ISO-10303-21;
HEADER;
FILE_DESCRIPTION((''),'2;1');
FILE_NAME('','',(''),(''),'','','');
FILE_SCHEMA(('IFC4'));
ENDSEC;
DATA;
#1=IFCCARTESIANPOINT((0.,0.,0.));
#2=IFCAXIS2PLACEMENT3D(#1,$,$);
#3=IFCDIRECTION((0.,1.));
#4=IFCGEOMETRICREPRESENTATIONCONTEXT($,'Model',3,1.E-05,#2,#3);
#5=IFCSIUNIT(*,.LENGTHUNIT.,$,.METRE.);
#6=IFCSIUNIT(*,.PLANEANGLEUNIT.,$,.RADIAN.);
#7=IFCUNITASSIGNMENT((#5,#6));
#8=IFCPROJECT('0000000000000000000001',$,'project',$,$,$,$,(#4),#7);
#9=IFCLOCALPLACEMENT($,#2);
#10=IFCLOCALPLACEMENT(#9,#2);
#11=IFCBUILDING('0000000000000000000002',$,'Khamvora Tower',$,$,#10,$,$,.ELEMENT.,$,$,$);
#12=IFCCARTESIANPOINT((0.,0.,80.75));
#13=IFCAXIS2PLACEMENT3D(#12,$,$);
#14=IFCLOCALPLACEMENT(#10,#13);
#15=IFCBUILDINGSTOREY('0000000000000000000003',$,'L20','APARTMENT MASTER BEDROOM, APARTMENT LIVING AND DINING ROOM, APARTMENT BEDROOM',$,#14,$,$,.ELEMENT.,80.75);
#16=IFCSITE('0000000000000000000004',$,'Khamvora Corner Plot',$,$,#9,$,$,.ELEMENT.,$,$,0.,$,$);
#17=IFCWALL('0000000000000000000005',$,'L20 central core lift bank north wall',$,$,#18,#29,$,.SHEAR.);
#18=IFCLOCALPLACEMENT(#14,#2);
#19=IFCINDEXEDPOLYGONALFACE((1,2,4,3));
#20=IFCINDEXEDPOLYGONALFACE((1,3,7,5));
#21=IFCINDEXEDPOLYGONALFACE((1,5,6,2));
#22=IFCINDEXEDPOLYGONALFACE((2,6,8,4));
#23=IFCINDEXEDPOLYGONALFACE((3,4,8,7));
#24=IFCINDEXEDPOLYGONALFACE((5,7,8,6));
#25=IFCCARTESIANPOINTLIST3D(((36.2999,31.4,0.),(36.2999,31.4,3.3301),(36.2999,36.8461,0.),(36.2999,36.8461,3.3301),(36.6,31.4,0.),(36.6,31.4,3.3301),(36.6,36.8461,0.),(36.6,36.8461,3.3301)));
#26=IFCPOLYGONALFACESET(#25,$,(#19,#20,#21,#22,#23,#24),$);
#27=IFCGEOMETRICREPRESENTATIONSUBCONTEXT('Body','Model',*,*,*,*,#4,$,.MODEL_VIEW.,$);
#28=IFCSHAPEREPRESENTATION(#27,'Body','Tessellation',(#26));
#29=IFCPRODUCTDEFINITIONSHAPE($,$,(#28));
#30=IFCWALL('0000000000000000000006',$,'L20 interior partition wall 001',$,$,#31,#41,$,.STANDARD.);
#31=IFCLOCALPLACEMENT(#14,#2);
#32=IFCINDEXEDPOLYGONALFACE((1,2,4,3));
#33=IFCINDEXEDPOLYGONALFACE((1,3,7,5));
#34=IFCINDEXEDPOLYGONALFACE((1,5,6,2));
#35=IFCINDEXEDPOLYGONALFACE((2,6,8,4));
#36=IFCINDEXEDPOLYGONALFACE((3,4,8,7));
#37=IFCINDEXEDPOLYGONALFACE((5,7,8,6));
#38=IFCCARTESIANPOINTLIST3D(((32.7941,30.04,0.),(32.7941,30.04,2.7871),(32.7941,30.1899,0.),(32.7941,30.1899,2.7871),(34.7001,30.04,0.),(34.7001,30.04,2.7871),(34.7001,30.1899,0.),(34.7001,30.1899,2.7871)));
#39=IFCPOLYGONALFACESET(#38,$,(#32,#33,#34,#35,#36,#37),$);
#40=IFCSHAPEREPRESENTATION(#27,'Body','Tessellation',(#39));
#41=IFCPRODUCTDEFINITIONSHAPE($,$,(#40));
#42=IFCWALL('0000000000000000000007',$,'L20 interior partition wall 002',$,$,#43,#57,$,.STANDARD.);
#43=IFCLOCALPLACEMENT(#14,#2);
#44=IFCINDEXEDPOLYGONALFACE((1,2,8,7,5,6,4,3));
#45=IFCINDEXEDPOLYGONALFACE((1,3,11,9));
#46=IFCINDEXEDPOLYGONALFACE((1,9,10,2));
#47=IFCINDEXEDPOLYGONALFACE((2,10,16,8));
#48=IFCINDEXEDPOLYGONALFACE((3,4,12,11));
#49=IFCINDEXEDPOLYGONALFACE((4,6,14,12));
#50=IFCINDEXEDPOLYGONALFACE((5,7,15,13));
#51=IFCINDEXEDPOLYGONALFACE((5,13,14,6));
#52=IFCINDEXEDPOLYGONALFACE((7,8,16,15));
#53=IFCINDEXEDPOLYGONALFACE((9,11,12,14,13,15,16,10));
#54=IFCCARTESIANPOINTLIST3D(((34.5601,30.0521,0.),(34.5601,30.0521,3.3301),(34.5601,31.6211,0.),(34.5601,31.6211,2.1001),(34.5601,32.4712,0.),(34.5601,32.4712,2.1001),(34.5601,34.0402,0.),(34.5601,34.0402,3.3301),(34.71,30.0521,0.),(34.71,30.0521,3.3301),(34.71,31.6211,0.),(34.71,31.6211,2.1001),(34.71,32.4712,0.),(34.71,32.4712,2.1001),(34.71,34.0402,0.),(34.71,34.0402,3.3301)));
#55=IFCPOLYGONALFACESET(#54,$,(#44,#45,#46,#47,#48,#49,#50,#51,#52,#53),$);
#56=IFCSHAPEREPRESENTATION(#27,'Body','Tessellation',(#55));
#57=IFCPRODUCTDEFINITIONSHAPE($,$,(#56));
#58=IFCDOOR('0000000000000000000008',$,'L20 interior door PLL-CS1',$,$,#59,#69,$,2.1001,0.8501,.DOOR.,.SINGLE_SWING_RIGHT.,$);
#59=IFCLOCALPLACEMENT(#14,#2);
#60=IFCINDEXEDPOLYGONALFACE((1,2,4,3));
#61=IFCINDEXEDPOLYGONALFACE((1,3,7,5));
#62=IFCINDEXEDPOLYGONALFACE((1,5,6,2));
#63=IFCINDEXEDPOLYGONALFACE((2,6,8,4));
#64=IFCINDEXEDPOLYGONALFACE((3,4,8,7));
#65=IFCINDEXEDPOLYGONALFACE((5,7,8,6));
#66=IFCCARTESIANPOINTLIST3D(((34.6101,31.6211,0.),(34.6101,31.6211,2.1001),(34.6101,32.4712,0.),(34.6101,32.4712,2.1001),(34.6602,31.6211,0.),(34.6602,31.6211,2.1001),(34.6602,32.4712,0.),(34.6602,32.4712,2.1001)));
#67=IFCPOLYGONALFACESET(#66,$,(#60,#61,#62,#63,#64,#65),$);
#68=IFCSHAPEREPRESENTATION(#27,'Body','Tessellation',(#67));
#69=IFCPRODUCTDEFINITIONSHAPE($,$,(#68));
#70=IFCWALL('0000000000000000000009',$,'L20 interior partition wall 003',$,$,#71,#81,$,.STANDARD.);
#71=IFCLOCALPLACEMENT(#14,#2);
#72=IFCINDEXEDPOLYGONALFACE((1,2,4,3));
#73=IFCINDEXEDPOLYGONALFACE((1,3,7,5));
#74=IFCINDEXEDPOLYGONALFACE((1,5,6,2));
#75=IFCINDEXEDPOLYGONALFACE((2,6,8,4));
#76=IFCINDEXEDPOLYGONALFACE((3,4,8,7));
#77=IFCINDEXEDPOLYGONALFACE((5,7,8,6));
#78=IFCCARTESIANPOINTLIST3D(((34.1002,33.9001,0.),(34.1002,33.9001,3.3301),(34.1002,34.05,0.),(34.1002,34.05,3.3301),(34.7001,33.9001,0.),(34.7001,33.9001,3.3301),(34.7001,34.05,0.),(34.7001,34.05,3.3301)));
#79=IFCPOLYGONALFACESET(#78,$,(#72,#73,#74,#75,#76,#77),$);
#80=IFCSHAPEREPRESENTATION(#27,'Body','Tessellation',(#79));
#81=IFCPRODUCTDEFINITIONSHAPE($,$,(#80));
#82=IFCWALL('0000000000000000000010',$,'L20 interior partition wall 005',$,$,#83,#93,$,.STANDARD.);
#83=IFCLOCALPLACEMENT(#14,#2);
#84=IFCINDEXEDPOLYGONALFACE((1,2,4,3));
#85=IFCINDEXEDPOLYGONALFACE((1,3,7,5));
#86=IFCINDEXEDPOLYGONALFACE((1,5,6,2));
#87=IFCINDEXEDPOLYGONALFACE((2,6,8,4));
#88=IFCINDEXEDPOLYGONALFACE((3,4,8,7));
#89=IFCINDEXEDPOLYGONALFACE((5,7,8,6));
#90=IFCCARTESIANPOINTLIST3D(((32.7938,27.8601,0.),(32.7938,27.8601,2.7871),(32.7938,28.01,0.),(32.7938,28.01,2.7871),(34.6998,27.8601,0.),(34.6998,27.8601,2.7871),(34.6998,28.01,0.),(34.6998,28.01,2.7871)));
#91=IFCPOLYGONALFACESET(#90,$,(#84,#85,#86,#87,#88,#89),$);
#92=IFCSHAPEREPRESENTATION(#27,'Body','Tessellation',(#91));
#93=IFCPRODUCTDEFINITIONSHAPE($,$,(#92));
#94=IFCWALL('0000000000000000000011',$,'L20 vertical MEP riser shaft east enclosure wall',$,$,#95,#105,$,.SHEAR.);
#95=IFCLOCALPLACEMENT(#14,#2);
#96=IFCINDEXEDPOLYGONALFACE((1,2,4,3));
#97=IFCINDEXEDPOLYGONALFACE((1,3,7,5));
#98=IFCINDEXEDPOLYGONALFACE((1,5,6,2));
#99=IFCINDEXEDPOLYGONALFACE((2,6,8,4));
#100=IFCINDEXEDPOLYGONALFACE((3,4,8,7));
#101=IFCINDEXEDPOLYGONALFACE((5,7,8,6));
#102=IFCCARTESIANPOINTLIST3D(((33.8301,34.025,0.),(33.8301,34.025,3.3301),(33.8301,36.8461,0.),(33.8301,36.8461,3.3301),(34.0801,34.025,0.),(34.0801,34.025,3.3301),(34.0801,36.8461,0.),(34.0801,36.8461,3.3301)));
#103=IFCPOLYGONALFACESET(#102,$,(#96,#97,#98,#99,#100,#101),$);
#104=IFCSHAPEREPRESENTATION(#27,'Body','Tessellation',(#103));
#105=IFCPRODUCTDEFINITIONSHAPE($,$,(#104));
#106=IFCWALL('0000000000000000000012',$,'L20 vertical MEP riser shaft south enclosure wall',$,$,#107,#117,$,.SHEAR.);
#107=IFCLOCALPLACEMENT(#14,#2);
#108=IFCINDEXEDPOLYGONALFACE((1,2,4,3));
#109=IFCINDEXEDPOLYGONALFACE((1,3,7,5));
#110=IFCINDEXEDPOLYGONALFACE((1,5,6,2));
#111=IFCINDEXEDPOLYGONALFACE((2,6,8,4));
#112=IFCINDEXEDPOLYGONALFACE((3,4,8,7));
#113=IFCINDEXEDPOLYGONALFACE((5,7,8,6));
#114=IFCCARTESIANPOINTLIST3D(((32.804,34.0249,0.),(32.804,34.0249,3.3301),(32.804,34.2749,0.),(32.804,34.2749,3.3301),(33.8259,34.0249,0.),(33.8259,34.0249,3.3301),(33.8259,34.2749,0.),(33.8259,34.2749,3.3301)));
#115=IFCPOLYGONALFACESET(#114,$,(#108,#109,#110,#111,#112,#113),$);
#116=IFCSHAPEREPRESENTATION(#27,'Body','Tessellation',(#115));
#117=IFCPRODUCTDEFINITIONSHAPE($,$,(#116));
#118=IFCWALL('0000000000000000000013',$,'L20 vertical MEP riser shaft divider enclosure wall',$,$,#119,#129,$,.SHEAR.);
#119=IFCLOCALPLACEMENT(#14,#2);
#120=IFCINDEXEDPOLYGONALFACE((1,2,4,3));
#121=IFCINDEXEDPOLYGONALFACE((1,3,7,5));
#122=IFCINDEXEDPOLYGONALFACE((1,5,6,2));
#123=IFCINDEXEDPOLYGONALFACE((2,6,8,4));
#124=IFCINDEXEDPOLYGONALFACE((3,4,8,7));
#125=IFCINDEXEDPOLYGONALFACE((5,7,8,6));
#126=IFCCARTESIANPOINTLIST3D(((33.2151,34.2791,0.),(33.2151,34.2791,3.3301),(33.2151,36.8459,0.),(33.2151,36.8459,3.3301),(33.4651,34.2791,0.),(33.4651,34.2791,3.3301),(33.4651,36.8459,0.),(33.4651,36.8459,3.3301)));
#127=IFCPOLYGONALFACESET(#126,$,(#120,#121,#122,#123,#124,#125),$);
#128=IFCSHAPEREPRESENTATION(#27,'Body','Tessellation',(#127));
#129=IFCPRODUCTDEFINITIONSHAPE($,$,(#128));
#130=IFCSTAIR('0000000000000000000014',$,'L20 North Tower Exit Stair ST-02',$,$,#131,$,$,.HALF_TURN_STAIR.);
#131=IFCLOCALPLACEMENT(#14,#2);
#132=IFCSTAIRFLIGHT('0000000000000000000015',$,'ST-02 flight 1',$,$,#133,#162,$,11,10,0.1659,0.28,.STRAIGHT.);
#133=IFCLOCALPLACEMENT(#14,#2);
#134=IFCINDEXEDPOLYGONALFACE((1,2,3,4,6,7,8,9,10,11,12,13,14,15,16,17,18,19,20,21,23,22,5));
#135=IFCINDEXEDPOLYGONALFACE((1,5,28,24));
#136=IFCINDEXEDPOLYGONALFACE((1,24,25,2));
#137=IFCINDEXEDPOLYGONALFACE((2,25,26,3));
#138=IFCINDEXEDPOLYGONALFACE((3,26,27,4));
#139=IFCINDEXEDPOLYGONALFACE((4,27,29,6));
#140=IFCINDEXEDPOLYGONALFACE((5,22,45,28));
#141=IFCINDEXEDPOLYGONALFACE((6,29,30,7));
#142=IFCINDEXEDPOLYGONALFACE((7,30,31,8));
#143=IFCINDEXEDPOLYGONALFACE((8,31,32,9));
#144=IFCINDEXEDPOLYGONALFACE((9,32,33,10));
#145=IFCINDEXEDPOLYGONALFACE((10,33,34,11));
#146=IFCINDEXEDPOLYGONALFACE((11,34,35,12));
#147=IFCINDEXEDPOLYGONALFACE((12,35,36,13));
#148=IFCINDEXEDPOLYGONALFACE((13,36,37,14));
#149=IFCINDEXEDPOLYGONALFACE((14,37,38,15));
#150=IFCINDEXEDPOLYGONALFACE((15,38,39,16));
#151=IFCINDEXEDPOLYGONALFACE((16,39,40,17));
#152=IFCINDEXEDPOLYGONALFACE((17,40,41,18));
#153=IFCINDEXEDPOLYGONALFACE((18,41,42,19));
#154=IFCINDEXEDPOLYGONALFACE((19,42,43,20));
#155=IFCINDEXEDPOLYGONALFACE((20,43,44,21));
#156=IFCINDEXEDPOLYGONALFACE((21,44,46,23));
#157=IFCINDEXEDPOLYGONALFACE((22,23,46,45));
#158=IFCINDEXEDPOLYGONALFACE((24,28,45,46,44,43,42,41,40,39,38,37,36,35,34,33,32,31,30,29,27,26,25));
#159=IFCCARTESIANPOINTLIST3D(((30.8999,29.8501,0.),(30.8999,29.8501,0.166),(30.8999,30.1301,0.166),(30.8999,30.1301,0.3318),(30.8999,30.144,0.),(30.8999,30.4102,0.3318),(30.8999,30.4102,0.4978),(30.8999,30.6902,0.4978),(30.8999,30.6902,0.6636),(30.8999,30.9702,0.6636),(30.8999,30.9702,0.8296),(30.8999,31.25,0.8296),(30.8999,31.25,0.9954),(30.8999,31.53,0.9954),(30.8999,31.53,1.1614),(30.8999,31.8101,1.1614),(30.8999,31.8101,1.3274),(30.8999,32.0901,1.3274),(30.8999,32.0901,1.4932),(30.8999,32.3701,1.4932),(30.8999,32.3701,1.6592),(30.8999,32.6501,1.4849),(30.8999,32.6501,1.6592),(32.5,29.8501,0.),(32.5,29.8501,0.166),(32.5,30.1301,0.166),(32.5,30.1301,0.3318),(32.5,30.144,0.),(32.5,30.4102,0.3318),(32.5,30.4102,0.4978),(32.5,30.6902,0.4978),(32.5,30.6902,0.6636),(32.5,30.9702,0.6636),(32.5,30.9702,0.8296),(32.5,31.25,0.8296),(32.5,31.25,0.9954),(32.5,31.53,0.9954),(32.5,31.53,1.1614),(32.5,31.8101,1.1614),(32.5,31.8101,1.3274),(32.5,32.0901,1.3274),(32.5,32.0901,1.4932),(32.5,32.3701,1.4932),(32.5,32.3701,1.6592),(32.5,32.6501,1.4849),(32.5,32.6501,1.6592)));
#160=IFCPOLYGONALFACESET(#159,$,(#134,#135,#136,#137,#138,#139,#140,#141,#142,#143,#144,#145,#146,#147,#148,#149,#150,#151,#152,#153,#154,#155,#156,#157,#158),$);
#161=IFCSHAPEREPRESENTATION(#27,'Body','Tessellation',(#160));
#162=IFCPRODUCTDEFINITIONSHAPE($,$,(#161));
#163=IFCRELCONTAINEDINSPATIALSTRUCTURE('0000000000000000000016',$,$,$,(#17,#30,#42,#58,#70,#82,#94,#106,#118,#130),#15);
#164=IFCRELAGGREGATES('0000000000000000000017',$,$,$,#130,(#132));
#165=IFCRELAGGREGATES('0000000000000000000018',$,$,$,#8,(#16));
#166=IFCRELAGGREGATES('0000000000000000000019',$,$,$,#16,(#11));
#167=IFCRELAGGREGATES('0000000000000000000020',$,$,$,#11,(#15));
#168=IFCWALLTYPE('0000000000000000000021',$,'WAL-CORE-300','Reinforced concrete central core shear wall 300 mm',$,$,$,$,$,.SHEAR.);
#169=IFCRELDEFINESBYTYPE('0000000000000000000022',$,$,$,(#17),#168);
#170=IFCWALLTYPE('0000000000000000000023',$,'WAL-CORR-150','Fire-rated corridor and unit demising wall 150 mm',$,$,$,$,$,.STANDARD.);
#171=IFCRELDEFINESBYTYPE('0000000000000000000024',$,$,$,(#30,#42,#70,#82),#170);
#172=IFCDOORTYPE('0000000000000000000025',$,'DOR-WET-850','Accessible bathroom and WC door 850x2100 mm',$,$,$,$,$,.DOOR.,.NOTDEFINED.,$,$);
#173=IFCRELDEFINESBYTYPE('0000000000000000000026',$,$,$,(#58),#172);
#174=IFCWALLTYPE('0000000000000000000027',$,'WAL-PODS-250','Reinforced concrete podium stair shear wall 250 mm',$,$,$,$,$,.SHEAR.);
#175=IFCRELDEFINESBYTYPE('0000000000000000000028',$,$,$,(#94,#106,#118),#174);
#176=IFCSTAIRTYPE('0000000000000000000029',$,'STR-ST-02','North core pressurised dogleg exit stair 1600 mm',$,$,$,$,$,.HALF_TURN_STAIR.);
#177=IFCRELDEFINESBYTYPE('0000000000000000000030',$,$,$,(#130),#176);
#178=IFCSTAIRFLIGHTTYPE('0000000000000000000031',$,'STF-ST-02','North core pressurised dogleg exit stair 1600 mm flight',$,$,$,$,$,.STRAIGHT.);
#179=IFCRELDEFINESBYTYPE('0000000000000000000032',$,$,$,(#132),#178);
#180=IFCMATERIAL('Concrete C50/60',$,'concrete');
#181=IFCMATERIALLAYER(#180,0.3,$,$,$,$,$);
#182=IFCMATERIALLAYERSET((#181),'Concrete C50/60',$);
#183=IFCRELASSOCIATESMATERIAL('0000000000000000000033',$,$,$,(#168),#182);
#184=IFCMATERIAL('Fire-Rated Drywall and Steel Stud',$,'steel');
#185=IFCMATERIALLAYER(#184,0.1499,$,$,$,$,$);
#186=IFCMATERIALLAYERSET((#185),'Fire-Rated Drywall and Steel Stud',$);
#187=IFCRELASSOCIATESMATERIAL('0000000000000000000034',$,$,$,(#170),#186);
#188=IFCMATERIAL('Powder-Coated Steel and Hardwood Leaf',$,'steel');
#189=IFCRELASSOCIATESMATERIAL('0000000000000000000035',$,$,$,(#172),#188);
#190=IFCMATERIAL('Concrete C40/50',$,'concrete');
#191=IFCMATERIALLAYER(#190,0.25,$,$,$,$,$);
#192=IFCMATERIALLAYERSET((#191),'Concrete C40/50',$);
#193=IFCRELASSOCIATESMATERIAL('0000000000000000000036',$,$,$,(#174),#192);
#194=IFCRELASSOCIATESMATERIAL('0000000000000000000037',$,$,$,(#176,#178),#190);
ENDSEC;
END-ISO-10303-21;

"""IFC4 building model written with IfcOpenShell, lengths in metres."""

from ifc_helpers import new_model, si_unit, direction, frame, frame_2d, origin, place, context, subcontext, project, spatial, polyline, rectangle, outline, extrude, material, layer, layer_set, type_object, element, fill, aggregate, save


model = new_model("IFC4")

# Units and contexts
model_context = context("Model", 3, precision=1e-05, world=origin(), true_north=direction((0.0, 1.0)))
body_context = subcontext(model_context, "Body", "Model", "MODEL_VIEW")
ifc_project = project(units=[si_unit("LENGTHUNIT", "METRE"), si_unit("PLANEANGLEUNIT", "RADIAN")], contexts=[model_context])

# Site, building, storey
site_placement = place(None, origin())
site = spatial("IfcSite", under=ifc_project, at=site_placement, Name="Khamvora Corner Plot", CompositionType="ELEMENT", RefElevation=0.0)
building_placement = place(site_placement, origin())
building = spatial("IfcBuilding", under=site, at=building_placement, Name="Khamvora Tower", CompositionType="ELEMENT")
storey_placement = place(building_placement, frame((0.0, 0.0, 80.75)))
storey = spatial("IfcBuildingStorey", under=building, at=storey_placement, Name="L20", Description="APARTMENT MASTER BEDROOM, APARTMENT LIVING AND DINING ROOM, APARTMENT BEDROOM", CompositionType="ELEMENT", Elevation=80.75)

# Shared definitions
ifc_material_1 = material(Name="Concrete C50/60", Category="concrete")
ifc_layer_1 = layer(ifc_material_1, 0.3)
ifc_layer_set_1 = layer_set([ifc_layer_1], Name="Concrete C50/60")
wall_type_1 = type_object("IfcWallType", Name="WAL-CORE-300", Description="Reinforced concrete central core shear wall 300 mm", PredefinedType="SHEAR", material=ifc_layer_set_1)
ifc_material_2 = material(Name="Powder-Coated Steel and Hardwood Leaf", Category="steel")

# Walls
wall_1_placement = place(storey_placement, frame((36.45, 31.3999, 0.0), z_axis=(0.0, 0.0, 1.0), x_axis=(0.0, 1.0, 0.0)))
element("IfcWall", 1, at=wall_1_placement, inside=storey, type_object=wall_type_1, Name="L20 central core lift bank north wall", PredefinedType="SHEAR", context=body_context, shape_type="SweptSolid", body=[
    extrude(rectangle(XDim=5.446, YDim=0.3, at=frame_2d((2.7231, 0.0))), origin(), (0.0, 0.0, 1.0), 3.3301),
])
ifc_material_3 = material(Name="Fire-Rated Drywall and Steel Stud", Category="steel")
ifc_layer_2 = layer(ifc_material_3, 0.1499)
ifc_layer_set_2 = layer_set([ifc_layer_2], Name="Fire-Rated Drywall and Steel Stud")
wall_type_2 = type_object("IfcWallType", Name="WAL-CORR-150", Description="Fire-rated corridor and unit demising wall 150 mm", PredefinedType="STANDARD", material=ifc_layer_set_2)
wall_2_placement = place(storey_placement, frame((32.7939, 30.115, 0.0), z_axis=(0.0, 0.0, 1.0), x_axis=(1.0, 0.0, 0.0)))
element("IfcWall", 2, at=wall_2_placement, inside=storey, type_object=wall_type_2, Name="L20 interior partition wall 001", PredefinedType="STANDARD", context=body_context, shape_type="SweptSolid", body=[
    extrude(rectangle(XDim=1.906, YDim=0.1499, at=frame_2d((0.9531, 0.0))), origin(), (0.0, 0.0, 1.0), 2.7871),
])

# Wall, opening, door
wall_3_placement = place(storey_placement, frame((34.635, 30.052, 0.0), z_axis=(0.0, 0.0, 1.0), x_axis=(0.0, 1.0, 0.0)))
wall_3 = element("IfcWall", 3, at=wall_3_placement, inside=storey, type_object=wall_type_2, Name="L20 interior partition wall 002", PredefinedType="STANDARD", context=body_context, shape_type="SweptSolid", body=[
    extrude(rectangle(XDim=3.988, YDim=0.1499, at=frame_2d((1.9941, 0.0))), origin(), (0.0, 0.0, 1.0), 3.3301),
])
opening_1_placement = place(wall_3_placement, frame((1.5691, 0.0, 0.0)))
opening_1 = element("IfcOpeningElement", 4, at=opening_1_placement, cuts=wall_3, PredefinedType="OPENING", context=body_context, shape_type="SweptSolid", body=[
    extrude(rectangle(XDim=0.8501, YDim=2.1001, at=frame_2d((0.425, 1.05))), frame((0.0, 0.085, 0.0), z_axis=(0.0, -1.0, 0.0), x_axis=(1.0, 0.0, 0.0)), (0.0, 0.0, 1.0), 0.1699),
])
door_type_1 = type_object("IfcDoorType", Name="DOR-WET-850", Description="Accessible bathroom and WC door 850x2100 mm", OperationType="NOTDEFINED", PredefinedType="DOOR", material=ifc_material_2)
door_1_placement = place(opening_1_placement, origin())
door_1 = element("IfcDoor", 5, at=door_1_placement, inside=storey, type_object=door_type_1, Name="L20 interior door PLL-CS1", OperationType="SINGLE_SWING_RIGHT", OverallHeight=2.1001, OverallWidth=0.8501, PredefinedType="DOOR", context=body_context, shape_type="SweptSolid", body=[
    extrude(rectangle(XDim=0.8501, YDim=2.1001, at=frame_2d((0.425, 1.05))), frame((0.0, 0.0249, 0.0), z_axis=(0.0, -1.0, 0.0), x_axis=(1.0, 0.0, 0.0)), (0.0, 0.0, 1.0), 0.05),
])
fill(opening_1, door_1)

# Walls
wall_4_placement = place(storey_placement, frame((34.7, 33.9751, 0.0), z_axis=(0.0, 0.0, 1.0), x_axis=(-1.0, 0.0, 0.0)))
element("IfcWall", 6, at=wall_4_placement, inside=storey, type_object=wall_type_2, Name="L20 interior partition wall 003", PredefinedType="STANDARD", context=body_context, shape_type="SweptSolid", body=[
    extrude(rectangle(XDim=0.5999, YDim=0.1499, at=frame_2d((0.2998, 0.0))), origin(), (0.0, 0.0, 1.0), 3.3301),
])
wall_5_placement = place(storey_placement, frame((34.7, 27.9351, 0.0), z_axis=(0.0, 0.0, 1.0), x_axis=(-1.0, 0.0, 0.0)))
element("IfcWall", 7, at=wall_5_placement, inside=storey, type_object=wall_type_2, Name="L20 interior partition wall 005", PredefinedType="STANDARD", context=body_context, shape_type="SweptSolid", body=[
    extrude(rectangle(XDim=1.906, YDim=0.1499, at=frame_2d((0.9531, 0.0))), origin(), (0.0, 0.0, 1.0), 2.7871),
])
ifc_material_4 = material(Name="Concrete C40/50", Category="concrete")
ifc_layer_3 = layer(ifc_material_4, 0.25)
ifc_layer_set_3 = layer_set([ifc_layer_3], Name="Concrete C40/50")
wall_type_3 = type_object("IfcWallType", Name="WAL-PODS-250", Description="Reinforced concrete podium stair shear wall 250 mm", PredefinedType="SHEAR", material=ifc_layer_set_3)
wall_6_placement = place(storey_placement, frame((33.9551, 34.0249, 0.0), z_axis=(0.0, 0.0, 1.0), x_axis=(0.0, 1.0, 0.0)))
element("IfcWall", 8, at=wall_6_placement, inside=storey, type_object=wall_type_3, Name="L20 vertical MEP riser shaft east enclosure wall", PredefinedType="SHEAR", context=body_context, shape_type="SweptSolid", body=[
    extrude(rectangle(XDim=2.821, YDim=0.25, at=frame_2d((1.4106, 0.0))), origin(), (0.0, 0.0, 1.0), 3.3301),
])
wall_7_placement = place(storey_placement, frame((32.804, 34.1499, 0.0), z_axis=(0.0, 0.0, 1.0), x_axis=(1.0, 0.0, 0.0)))
element("IfcWall", 9, at=wall_7_placement, inside=storey, type_object=wall_type_3, Name="L20 vertical MEP riser shaft south enclosure wall", PredefinedType="SHEAR", context=body_context, shape_type="SweptSolid", body=[
    extrude(rectangle(XDim=1.022, YDim=0.25, at=frame_2d((0.511, 0.0))), origin(), (0.0, 0.0, 1.0), 3.3301),
])
wall_8_placement = place(storey_placement, frame((33.3401, 34.2791, 0.0), z_axis=(0.0, 0.0, 1.0), x_axis=(0.0, 1.0, 0.0)))
element("IfcWall", 10, at=wall_8_placement, inside=storey, type_object=wall_type_3, Name="L20 vertical MEP riser shaft divider enclosure wall", PredefinedType="SHEAR", context=body_context, shape_type="SweptSolid", body=[
    extrude(rectangle(XDim=2.5669, YDim=0.25, at=frame_2d((1.2834, 0.0))), origin(), (0.0, 0.0, 1.0), 3.3301),
])

# Stair, stair flight
stair_type = type_object("IfcStairType", Name="STR-ST-02", Description="North core pressurised dogleg exit stair 1600 mm", PredefinedType="HALF_TURN_STAIR", material=ifc_material_4)
stair_placement = place(storey_placement, origin())
stair = element("IfcStair", 11, at=stair_placement, inside=storey, type_object=stair_type, Name="L20 North Tower Exit Stair ST-02", PredefinedType="HALF_TURN_STAIR")
stair_flight_type = type_object("IfcStairFlightType", Name="STF-ST-02", Description="North core pressurised dogleg exit stair 1600 mm flight", PredefinedType="STRAIGHT", material=ifc_material_4)
stair_flight_placement = place(storey_placement, frame((31.7, 29.8501, 0.0), z_axis=(0.0, 0.0, 1.0), x_axis=(0.0, 1.0, 0.0)))
stair_flight = element("IfcStairFlight", 12, at=stair_flight_placement, type_object=stair_flight_type, Name="ST-02 flight 1", NumberOfRisers=11, NumberOfTreads=10, PredefinedType="STRAIGHT", RiserHeight=0.1659, TreadLength=0.28, context=body_context, shape_type="SweptSolid", body=[
    extrude(outline(polyline([(0.0, 0.0), (0.0, 0.166), (0.28, 0.166), (0.28, 0.3318), (0.5601, 0.3318), (0.5601, 0.4978), (0.8401, 0.4978), (0.8401, 0.6636), (1.1201, 0.6636), (1.1201, 0.8296), (1.3999, 0.8296), (1.3999, 0.9954), (1.6799, 0.9954), (1.6799, 1.1614), (1.96, 1.1614), (1.96, 1.3274), (2.24, 1.3274), (2.24, 1.4932), (2.52, 1.4932), (2.52, 1.6592), (2.8, 1.6592), (2.8, 1.825), (2.8, 1.4849), (0.2939, 0.0), (0.0, 0.0)])), frame((0.0, 0.8, 0.0), z_axis=(0.0, -1.0, 0.0), x_axis=(1.0, 0.0, 0.0)), (0.0, 0.0, 1.0), 1.6001),
])
aggregate(stair, [stair_flight])

save(model, "model.ifc")
